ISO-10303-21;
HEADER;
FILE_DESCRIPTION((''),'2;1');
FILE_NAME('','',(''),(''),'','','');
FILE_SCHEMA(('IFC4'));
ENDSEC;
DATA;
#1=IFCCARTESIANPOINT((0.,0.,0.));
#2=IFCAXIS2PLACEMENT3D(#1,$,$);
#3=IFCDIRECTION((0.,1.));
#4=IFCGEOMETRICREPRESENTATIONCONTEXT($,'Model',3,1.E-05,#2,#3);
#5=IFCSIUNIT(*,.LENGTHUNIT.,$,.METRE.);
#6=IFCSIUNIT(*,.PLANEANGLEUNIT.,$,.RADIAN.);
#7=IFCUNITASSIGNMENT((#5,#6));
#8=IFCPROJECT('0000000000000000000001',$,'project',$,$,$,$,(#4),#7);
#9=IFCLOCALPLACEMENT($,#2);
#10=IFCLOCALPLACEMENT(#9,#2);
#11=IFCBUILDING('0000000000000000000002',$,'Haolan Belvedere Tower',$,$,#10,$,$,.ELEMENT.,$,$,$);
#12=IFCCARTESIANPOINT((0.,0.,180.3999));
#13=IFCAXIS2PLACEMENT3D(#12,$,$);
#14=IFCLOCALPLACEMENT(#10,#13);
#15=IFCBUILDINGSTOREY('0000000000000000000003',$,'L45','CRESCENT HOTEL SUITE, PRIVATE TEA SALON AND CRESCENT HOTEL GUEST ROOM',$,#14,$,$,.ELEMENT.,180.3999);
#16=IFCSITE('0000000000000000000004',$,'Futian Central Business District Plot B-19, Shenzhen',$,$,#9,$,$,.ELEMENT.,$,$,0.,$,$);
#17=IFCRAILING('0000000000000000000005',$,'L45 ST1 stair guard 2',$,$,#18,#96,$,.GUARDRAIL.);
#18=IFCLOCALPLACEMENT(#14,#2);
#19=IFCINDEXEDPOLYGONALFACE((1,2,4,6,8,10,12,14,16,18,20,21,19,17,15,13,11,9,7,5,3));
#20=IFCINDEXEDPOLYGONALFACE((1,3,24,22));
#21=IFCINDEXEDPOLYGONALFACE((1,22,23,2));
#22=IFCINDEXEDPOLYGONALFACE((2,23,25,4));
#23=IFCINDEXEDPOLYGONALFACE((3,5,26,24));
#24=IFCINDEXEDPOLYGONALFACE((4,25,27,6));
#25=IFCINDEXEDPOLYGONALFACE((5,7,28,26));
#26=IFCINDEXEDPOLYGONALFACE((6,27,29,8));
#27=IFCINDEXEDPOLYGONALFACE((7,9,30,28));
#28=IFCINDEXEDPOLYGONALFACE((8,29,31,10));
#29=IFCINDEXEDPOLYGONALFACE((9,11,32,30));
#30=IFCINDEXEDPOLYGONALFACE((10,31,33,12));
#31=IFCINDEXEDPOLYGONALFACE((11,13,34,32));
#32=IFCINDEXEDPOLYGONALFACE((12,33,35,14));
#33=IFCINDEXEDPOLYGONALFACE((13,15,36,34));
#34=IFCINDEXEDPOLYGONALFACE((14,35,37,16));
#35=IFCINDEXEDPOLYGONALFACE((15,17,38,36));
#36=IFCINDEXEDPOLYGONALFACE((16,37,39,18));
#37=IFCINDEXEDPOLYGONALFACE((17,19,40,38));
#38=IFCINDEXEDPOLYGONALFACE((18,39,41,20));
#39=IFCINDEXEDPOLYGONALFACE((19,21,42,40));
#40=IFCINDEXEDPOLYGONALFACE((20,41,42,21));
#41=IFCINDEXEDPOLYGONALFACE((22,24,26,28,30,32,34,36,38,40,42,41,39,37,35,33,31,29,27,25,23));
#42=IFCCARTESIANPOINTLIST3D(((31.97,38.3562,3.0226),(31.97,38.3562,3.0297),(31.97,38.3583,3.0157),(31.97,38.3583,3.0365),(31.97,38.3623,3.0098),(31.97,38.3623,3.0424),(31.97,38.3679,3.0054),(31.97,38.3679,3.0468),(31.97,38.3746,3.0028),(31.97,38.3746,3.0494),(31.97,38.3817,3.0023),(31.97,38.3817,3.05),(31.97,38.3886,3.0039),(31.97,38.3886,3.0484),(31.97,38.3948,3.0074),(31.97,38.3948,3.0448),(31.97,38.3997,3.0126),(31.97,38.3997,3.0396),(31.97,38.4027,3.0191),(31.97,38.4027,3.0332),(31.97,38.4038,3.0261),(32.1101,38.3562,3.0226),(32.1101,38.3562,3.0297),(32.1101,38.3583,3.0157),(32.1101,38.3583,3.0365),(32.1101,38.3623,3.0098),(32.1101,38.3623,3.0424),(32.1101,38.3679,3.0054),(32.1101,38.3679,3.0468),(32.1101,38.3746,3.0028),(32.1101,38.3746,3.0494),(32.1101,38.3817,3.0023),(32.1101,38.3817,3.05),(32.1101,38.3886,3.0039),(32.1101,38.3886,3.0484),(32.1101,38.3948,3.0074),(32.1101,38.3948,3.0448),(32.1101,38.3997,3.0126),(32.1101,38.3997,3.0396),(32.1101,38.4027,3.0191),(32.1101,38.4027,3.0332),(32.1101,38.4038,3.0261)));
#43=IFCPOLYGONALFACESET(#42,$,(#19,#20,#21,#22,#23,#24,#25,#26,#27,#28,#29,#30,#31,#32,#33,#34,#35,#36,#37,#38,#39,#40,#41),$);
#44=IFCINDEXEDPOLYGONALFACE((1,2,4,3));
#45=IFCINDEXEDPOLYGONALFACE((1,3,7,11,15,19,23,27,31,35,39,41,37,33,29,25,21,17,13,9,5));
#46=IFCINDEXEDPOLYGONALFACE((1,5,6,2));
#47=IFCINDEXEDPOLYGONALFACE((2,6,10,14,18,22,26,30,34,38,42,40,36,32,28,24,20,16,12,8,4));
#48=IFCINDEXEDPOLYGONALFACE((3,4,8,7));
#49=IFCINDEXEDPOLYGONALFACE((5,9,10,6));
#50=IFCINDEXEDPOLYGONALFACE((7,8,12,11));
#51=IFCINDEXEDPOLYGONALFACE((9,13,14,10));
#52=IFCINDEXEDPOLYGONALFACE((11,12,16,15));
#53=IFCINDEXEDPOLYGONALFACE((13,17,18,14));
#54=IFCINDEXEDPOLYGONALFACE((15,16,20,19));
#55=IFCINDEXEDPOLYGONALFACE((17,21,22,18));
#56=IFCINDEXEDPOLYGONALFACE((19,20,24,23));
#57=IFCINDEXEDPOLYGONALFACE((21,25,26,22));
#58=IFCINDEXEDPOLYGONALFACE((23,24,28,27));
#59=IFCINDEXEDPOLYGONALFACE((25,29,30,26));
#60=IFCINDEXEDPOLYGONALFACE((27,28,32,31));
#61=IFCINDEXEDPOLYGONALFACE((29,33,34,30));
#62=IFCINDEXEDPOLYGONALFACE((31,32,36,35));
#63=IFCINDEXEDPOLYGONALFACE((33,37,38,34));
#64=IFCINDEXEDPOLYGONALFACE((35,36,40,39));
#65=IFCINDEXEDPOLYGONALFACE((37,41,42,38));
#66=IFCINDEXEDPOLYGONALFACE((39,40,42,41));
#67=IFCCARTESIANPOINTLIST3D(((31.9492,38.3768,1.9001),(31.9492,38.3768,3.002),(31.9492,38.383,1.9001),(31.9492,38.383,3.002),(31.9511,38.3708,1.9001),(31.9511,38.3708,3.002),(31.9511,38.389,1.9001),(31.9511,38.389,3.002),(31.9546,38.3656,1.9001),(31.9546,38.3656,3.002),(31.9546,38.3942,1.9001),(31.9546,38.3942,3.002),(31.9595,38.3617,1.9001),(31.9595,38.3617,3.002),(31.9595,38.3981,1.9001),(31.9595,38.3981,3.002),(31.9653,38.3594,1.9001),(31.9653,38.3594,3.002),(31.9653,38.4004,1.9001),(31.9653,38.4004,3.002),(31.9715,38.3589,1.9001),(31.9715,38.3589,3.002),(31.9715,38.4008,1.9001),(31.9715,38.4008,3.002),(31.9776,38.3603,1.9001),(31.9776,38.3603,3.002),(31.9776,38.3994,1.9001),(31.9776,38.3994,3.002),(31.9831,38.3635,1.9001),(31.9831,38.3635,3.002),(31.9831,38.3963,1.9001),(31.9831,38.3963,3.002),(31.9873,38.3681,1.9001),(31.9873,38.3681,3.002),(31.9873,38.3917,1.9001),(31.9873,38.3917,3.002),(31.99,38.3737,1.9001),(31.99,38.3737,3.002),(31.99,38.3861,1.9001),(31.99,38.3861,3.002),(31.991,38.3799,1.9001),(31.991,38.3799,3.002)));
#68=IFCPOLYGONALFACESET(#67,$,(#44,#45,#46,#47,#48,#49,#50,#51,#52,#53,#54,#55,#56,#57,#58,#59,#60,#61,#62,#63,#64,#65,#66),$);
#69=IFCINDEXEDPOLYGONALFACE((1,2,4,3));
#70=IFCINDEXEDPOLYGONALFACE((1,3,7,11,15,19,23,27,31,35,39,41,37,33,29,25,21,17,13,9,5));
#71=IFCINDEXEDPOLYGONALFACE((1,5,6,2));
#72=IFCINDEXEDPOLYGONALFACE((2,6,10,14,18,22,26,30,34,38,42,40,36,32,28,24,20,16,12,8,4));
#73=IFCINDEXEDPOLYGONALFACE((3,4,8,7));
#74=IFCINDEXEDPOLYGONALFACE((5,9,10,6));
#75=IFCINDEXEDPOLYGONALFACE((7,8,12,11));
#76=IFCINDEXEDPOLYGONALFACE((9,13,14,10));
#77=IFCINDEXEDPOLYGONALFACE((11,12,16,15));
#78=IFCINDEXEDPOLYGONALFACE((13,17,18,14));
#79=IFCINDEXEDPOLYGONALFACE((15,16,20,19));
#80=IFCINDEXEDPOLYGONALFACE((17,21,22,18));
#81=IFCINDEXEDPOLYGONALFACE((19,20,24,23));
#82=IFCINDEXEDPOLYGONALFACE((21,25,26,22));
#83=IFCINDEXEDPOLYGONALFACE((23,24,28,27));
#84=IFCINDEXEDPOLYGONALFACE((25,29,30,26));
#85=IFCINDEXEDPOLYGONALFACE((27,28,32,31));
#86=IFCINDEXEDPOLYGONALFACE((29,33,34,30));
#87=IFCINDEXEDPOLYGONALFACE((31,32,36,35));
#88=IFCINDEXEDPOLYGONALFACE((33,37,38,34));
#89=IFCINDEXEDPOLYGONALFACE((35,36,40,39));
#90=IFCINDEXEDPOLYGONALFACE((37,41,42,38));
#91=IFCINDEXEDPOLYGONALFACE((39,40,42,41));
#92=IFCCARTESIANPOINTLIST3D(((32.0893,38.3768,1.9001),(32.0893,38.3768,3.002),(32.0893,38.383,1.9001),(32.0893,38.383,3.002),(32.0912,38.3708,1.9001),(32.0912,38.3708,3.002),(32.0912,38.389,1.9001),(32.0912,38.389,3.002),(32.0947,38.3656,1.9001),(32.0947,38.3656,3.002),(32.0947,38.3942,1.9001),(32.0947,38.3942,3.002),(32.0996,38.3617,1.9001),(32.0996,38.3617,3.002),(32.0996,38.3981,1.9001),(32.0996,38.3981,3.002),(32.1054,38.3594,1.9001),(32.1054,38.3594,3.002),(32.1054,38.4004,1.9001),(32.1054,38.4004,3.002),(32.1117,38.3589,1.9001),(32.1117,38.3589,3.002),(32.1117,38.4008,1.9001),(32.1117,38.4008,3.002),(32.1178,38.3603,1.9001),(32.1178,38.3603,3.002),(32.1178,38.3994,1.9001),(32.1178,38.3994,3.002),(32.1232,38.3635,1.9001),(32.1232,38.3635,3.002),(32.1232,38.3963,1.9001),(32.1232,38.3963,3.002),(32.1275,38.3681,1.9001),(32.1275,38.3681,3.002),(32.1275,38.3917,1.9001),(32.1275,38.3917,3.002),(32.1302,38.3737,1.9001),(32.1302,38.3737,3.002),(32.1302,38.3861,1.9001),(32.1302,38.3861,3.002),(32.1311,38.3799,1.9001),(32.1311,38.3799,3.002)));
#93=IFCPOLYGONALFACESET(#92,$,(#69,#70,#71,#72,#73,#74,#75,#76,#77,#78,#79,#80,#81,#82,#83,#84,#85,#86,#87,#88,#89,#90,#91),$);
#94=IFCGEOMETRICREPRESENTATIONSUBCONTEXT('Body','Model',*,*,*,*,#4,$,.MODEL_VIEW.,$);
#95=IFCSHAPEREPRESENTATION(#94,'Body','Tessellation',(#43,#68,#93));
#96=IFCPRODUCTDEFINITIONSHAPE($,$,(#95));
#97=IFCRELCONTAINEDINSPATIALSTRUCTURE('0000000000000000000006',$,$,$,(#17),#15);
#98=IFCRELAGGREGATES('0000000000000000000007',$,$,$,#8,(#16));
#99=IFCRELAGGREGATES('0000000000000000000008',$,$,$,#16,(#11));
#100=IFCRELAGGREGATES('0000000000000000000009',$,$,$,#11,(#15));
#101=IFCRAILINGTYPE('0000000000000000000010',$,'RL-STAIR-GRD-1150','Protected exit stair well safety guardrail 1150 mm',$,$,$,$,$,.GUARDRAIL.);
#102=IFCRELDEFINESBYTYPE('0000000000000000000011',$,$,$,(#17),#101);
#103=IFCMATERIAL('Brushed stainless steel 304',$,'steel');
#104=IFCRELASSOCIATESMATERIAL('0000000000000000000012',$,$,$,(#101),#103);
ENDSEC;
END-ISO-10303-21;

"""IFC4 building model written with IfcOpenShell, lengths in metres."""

from ifc_helpers import new_model, si_unit, direction, frame, origin, origin_2d, place, context, subcontext, project, spatial, circle, extrude, material, type_object, element, save


model = new_model("IFC4")

# Units and contexts
model_context = context("Model", 3, precision=1e-05, world=origin(), true_north=direction((0.0, 1.0)))
body_context = subcontext(model_context, "Body", "Model", "MODEL_VIEW")
ifc_project = project(units=[si_unit("LENGTHUNIT", "METRE"), si_unit("PLANEANGLEUNIT", "RADIAN")], contexts=[model_context])

# Site, building, storey
site_placement = place(None, origin())
site = spatial("IfcSite", under=ifc_project, at=site_placement, Name="Futian Central Business District Plot B-19, Shenzhen", CompositionType="ELEMENT", RefElevation=0.0)
building_placement = place(site_placement, origin())
building = spatial("IfcBuilding", under=site, at=building_placement, Name="Haolan Belvedere Tower", CompositionType="ELEMENT")
storey_placement = place(building_placement, frame((0.0, 0.0, 180.3999)))
storey = spatial("IfcBuildingStorey", under=building, at=storey_placement, Name="L45", Description="CRESCENT HOTEL SUITE, PRIVATE TEA SALON AND CRESCENT HOTEL GUEST ROOM", CompositionType="ELEMENT", Elevation=180.3999)

# Railing
ifc_material_1 = material(Name="Brushed stainless steel 304", Category="steel")
railing_type_1 = type_object("IfcRailingType", Name="RL-STAIR-GRD-1150", Description="Protected exit stair well safety guardrail 1150 mm", PredefinedType="GUARDRAIL", material=ifc_material_1)
railing_1_placement = place(storey_placement, frame((31.97, 38.3799, 1.9001)))
element("IfcRailing", 1, at=railing_1_placement, inside=storey, type_object=railing_type_1, Name="L45 ST1 stair guard 2", PredefinedType="GUARDRAIL", context=body_context, shape_type="SweptSolid", body=[
    extrude(circle(Radius=0.0239, at=origin_2d()), frame((0.0, 0.0, 1.126), z_axis=(1.0, 0.0, 0.0), x_axis=(0.0, 1.0, 0.0)), (0.0, 0.0, 1.0), 0.1401),
    extrude(circle(Radius=0.021, at=origin_2d()), origin(), (0.0, 0.0, 1.0), 1.1018),
    extrude(circle(Radius=0.021, at=origin_2d()), frame((0.1401, 0.0, 0.0)), (0.0, 0.0, 1.0), 1.1018),
])

save(model, "model.ifc")
